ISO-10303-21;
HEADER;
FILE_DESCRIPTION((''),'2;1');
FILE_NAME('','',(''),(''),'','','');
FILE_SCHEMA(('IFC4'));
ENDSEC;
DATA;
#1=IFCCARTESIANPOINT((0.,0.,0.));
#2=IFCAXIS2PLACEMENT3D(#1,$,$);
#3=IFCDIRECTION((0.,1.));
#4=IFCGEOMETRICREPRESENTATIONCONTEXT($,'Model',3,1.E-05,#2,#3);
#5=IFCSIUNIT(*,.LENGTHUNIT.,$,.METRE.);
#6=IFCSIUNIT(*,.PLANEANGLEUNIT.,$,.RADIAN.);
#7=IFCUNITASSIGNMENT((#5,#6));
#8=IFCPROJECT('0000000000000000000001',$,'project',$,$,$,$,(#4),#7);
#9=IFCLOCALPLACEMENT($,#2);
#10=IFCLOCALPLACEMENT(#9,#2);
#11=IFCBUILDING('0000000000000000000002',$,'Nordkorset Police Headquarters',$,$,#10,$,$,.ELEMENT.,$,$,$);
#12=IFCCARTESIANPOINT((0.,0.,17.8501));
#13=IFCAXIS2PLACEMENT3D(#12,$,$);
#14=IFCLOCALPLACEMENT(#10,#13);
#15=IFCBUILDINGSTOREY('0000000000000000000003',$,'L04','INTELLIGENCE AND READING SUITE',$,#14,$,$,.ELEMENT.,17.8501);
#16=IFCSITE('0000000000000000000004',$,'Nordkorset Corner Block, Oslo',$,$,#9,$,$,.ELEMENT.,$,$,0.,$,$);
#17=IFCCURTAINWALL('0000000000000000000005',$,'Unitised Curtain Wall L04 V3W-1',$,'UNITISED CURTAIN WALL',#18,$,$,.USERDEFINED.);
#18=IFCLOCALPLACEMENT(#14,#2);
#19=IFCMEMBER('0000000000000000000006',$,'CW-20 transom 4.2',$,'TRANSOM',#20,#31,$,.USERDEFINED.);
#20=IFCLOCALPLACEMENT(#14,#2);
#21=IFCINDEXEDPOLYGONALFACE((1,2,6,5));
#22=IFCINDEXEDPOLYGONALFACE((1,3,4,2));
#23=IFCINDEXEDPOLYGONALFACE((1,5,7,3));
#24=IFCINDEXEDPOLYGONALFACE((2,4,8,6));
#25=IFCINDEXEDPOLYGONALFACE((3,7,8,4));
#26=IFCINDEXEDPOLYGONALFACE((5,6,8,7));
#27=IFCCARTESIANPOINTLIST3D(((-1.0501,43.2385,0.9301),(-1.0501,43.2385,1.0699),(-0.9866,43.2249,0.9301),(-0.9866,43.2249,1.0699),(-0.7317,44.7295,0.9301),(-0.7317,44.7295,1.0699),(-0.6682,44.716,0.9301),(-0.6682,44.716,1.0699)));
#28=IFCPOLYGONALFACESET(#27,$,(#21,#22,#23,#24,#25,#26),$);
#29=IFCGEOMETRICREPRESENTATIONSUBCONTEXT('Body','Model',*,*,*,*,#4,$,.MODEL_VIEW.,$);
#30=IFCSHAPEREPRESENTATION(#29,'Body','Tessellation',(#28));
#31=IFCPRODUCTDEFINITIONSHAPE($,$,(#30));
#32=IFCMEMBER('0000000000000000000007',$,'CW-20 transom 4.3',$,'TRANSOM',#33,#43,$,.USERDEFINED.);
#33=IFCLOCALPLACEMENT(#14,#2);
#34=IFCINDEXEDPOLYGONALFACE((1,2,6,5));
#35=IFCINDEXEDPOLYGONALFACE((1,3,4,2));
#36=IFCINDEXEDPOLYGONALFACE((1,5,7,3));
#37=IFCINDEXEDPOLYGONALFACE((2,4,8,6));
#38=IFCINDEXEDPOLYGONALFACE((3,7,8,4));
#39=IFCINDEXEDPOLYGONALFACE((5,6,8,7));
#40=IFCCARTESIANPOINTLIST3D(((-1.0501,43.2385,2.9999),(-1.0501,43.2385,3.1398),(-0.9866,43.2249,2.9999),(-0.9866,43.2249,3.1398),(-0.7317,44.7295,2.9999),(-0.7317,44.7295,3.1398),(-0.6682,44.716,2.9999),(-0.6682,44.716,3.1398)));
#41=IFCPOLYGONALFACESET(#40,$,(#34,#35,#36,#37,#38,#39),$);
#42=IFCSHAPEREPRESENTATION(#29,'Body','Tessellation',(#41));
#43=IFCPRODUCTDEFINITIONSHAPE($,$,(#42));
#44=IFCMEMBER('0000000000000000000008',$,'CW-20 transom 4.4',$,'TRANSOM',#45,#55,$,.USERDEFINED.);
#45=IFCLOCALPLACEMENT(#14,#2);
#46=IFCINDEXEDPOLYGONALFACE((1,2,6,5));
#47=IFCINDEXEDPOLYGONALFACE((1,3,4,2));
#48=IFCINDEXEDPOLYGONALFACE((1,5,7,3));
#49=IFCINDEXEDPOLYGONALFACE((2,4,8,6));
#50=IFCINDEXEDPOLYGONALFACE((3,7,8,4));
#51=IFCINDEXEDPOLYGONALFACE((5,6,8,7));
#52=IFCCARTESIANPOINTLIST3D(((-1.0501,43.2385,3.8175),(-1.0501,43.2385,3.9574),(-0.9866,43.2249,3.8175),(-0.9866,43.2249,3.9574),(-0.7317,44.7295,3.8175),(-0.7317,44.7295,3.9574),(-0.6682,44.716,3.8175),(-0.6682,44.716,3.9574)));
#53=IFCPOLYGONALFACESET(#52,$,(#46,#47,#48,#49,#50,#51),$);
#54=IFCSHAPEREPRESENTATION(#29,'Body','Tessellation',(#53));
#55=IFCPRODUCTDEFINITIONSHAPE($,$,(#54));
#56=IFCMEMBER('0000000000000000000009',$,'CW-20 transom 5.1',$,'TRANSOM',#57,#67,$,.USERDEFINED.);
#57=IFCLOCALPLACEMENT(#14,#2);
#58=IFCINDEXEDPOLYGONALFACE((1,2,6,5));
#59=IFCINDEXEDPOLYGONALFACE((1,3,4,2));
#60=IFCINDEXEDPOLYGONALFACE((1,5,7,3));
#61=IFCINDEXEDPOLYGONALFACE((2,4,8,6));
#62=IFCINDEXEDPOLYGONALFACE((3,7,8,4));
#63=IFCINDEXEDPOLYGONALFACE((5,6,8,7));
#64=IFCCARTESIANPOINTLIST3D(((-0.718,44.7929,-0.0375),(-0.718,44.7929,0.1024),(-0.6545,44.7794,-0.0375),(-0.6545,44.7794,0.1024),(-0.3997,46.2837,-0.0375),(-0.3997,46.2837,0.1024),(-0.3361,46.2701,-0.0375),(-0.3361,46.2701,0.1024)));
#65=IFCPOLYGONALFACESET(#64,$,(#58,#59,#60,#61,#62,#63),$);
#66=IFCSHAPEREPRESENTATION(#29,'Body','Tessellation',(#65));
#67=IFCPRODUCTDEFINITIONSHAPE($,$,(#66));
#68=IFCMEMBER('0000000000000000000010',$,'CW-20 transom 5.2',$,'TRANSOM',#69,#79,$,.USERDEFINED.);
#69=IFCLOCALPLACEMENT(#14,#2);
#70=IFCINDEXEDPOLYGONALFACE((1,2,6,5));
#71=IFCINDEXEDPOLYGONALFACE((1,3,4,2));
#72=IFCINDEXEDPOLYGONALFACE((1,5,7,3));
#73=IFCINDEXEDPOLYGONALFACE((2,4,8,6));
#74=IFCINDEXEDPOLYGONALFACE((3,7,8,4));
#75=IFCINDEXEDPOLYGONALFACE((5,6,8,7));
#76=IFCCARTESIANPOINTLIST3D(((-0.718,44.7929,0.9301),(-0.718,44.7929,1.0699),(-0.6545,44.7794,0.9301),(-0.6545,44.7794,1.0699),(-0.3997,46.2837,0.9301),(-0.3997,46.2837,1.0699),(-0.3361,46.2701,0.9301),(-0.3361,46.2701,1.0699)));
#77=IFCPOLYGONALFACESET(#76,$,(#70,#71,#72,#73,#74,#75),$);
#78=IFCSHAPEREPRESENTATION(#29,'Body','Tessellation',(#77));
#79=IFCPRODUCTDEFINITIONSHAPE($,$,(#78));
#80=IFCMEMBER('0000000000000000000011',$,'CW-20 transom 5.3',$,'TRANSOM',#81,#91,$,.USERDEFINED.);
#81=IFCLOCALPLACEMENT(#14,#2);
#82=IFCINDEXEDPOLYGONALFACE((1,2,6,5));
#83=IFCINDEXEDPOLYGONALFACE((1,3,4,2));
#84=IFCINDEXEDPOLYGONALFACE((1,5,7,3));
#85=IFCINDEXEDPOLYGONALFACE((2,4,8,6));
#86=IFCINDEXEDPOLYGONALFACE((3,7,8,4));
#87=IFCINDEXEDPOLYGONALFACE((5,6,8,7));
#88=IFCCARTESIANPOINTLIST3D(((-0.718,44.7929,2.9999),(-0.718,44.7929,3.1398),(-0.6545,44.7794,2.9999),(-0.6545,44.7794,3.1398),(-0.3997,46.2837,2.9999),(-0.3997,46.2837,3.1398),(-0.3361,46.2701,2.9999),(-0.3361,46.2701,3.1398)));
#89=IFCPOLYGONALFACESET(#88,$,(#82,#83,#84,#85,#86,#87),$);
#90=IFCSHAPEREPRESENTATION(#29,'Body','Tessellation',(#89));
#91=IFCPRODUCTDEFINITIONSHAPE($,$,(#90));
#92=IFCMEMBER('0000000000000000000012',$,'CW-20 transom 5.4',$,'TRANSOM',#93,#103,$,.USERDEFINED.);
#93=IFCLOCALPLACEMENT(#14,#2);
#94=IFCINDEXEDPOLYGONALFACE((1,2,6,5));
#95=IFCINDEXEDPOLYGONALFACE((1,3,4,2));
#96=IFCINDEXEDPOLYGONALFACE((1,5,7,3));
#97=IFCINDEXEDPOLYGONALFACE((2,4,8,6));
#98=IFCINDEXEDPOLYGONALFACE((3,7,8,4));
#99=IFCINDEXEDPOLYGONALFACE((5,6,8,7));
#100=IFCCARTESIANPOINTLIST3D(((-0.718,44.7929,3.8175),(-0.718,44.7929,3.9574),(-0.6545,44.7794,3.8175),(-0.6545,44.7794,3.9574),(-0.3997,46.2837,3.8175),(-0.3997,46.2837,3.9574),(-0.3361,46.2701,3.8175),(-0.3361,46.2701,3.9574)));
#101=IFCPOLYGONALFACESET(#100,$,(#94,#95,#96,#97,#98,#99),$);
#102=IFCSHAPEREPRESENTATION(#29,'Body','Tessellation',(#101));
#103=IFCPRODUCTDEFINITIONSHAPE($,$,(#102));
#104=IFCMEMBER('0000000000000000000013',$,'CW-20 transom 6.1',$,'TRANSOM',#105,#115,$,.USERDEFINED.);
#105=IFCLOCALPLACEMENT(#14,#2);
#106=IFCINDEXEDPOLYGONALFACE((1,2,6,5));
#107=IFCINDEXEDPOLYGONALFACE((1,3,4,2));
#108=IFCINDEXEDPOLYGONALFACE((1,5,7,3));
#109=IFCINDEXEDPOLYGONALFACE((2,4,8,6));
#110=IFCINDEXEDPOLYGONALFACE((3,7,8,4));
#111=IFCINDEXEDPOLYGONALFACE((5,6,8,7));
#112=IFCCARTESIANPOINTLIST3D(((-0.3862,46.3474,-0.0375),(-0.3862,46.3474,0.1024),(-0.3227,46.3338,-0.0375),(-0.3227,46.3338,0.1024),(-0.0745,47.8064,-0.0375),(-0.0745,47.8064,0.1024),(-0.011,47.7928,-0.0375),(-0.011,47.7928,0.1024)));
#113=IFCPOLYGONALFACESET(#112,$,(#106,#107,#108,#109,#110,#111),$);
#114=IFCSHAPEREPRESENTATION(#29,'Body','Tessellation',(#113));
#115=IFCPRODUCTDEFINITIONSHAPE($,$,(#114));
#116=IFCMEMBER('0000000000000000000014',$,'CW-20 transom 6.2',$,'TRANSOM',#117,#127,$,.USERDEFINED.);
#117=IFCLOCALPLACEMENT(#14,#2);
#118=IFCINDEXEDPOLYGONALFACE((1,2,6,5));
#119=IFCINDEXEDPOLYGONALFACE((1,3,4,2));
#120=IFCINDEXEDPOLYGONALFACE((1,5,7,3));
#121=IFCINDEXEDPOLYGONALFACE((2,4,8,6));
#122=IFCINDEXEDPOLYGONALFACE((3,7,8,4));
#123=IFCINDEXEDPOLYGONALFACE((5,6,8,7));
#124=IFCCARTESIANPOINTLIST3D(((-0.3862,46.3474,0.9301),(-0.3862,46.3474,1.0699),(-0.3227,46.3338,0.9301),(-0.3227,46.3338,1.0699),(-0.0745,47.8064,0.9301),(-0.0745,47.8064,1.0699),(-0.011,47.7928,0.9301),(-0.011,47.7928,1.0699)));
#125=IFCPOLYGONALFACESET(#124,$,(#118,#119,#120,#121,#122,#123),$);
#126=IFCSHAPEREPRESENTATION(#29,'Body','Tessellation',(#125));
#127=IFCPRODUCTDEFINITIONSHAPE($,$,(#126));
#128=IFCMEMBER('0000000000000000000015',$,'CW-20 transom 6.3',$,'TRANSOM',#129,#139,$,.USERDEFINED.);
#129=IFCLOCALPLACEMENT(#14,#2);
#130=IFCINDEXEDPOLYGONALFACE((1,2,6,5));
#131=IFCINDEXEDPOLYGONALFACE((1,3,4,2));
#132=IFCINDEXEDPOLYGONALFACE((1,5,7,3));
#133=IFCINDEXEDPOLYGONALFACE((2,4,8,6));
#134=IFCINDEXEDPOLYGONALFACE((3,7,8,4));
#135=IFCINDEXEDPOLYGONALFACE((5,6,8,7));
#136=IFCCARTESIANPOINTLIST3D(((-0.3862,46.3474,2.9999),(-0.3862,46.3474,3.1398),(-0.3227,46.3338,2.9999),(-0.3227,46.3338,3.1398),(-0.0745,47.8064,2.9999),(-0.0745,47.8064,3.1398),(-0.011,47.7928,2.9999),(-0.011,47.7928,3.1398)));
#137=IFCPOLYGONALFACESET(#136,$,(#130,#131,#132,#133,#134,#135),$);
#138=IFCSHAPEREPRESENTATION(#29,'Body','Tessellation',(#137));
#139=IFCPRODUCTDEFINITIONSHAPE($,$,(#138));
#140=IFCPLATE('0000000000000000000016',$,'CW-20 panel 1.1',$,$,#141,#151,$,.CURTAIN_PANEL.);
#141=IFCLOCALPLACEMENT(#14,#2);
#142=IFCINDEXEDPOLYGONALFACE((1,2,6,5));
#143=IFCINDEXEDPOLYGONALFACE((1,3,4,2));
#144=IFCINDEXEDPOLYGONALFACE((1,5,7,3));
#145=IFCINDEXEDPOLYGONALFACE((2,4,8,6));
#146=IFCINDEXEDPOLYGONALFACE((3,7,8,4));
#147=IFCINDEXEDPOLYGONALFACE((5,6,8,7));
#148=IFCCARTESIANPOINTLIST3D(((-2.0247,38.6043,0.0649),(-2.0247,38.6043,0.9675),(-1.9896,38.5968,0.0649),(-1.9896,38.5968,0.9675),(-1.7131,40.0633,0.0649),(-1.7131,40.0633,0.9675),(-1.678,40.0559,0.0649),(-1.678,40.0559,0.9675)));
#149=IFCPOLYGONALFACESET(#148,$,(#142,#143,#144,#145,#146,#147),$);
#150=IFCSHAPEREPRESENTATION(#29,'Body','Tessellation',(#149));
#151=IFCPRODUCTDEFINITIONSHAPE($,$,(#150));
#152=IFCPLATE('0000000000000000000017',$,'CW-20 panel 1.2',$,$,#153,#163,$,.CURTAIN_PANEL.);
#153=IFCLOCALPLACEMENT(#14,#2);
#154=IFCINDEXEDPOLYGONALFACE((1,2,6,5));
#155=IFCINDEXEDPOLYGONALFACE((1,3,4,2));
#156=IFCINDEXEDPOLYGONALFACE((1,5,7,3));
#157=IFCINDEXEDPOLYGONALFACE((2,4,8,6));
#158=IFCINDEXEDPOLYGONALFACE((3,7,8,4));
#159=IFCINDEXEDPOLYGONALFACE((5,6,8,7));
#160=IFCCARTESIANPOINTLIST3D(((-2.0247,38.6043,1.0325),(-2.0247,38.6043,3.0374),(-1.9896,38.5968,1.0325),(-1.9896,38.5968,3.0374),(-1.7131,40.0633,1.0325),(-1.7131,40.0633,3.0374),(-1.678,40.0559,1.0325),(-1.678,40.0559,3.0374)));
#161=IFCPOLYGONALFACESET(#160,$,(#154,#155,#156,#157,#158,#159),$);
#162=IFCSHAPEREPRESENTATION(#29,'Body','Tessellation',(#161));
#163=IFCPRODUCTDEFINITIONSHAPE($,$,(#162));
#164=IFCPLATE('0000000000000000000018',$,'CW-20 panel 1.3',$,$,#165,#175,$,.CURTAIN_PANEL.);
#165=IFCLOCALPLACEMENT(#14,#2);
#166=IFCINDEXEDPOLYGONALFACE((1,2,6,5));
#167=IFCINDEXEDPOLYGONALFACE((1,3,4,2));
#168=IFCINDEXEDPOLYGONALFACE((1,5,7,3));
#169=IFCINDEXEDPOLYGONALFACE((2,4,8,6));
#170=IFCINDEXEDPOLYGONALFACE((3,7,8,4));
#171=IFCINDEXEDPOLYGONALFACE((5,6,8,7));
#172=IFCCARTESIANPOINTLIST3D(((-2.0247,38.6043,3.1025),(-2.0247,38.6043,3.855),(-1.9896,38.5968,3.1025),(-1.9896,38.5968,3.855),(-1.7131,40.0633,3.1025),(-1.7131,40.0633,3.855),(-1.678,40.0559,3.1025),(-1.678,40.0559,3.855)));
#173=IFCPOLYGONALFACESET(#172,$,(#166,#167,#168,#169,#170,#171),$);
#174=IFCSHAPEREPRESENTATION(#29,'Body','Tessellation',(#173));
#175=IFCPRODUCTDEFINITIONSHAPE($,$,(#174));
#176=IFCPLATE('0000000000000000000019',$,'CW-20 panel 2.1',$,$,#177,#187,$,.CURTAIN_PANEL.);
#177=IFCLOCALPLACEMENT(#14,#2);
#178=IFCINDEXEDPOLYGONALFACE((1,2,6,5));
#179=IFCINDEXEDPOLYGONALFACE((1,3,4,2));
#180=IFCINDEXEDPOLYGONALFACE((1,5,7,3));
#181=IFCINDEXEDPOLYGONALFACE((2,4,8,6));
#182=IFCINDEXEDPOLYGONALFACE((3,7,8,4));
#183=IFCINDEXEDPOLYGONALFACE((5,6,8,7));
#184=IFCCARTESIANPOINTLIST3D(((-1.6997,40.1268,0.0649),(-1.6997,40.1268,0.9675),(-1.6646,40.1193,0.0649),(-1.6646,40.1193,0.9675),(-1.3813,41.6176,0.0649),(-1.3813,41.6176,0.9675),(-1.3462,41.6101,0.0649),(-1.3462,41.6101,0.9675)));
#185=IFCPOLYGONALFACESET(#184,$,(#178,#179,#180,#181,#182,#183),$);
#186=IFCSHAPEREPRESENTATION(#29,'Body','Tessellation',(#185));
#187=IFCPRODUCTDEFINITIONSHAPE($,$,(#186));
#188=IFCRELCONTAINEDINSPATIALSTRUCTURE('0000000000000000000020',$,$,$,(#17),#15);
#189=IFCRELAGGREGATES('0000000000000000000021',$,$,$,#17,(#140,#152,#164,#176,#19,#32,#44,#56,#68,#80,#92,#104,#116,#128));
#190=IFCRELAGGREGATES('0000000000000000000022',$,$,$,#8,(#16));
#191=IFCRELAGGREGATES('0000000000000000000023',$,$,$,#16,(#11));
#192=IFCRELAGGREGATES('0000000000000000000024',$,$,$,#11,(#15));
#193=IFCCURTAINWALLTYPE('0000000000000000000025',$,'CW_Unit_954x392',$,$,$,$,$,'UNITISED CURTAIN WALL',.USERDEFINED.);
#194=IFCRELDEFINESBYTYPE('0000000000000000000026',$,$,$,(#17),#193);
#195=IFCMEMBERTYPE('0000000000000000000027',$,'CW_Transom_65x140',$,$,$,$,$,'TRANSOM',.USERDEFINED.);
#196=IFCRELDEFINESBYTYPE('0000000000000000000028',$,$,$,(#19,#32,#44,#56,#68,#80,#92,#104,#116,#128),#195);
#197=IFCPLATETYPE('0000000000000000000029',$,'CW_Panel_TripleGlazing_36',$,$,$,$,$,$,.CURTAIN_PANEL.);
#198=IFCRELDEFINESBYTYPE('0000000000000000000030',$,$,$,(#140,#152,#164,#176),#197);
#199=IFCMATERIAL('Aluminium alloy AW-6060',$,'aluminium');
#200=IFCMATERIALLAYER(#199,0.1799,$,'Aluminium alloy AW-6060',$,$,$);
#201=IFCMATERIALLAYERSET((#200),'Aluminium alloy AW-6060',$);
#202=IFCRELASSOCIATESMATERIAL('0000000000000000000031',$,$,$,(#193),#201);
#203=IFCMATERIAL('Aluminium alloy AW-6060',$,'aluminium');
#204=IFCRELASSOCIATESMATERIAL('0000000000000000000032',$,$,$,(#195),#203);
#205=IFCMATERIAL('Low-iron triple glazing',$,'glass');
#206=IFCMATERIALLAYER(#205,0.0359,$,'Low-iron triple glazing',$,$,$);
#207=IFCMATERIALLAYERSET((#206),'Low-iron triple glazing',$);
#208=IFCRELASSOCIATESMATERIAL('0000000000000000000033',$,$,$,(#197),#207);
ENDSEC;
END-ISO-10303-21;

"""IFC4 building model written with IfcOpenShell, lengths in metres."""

from ifc_helpers import new_model, si_unit, direction, frame, origin, origin_2d, place, context, subcontext, project, spatial, rectangle, extrude, material, layer, layer_set, material_profile, profile_set, type_object, element, aggregate, save


model = new_model("IFC4")

# Units and contexts
model_context = context("Model", 3, precision=1e-05, world=origin(), true_north=direction((0.0, 1.0)))
body_context = subcontext(model_context, "Body", "Model", "MODEL_VIEW")
ifc_project = project(units=[si_unit("LENGTHUNIT", "METRE"), si_unit("PLANEANGLEUNIT", "RADIAN")], contexts=[model_context])

# Site, building, storey
site_placement = place(None, origin())
site = spatial("IfcSite", under=ifc_project, at=site_placement, Name="Nordkorset Corner Block, Oslo", CompositionType="ELEMENT", RefElevation=0.0)
building_placement = place(site_placement, origin())
building = spatial("IfcBuilding", under=site, at=building_placement, Name="Nordkorset Police Headquarters", CompositionType="ELEMENT")
storey_placement = place(building_placement, frame((0.0, 0.0, 17.8501)))
storey = spatial("IfcBuildingStorey", under=building, at=storey_placement, Name="L04", Description="INTELLIGENCE AND READING SUITE", CompositionType="ELEMENT", Elevation=17.8501)

# Curtain wall, members, plates
ifc_material_1 = material(Name="Aluminium alloy AW-6060", Category="aluminium")
ifc_layer_1 = layer(ifc_material_1, 0.1799, Name="Aluminium alloy AW-6060")
ifc_layer_set_1 = layer_set([ifc_layer_1], Name="Aluminium alloy AW-6060")
curtain_wall_type = type_object("IfcCurtainWallType", Name="CW_Unit_954x392", ElementType="UNITISED CURTAIN WALL", PredefinedType="USERDEFINED", material=ifc_layer_set_1)
curtain_wall_placement = place(storey_placement, origin())
curtain_wall = element("IfcCurtainWall", 1, at=curtain_wall_placement, inside=storey, type_object=curtain_wall_type, Name="Unitised Curtain Wall L04 V3W-1", ObjectType="UNITISED CURTAIN WALL", PredefinedType="USERDEFINED")
ifc_material_2 = material(Name="Aluminium alloy AW-6060", Category="aluminium")
ifc_material_profile_1 = material_profile(ifc_material_2, rectangle(XDim=0.0649, YDim=0.1399, at=origin_2d()), Name="ALU TRAN 65x140")
ifc_profile_set_1 = profile_set([ifc_material_profile_1], Name="Aluminium alloy AW-6060")
member_type_1 = type_object("IfcMemberType", Name="CW_Transom_65x140", ElementType="TRANSOM", PredefinedType="USERDEFINED", material=ifc_profile_set_1)
member_1_placement = place(storey_placement, frame((-1.0183, 43.2317, 1.0), z_axis=(0.208818, 0.977954, 0.0), x_axis=(-0.977954, 0.208818, 0.0)))
member_1 = element("IfcMember", 2, at=member_1_placement, type_object=member_type_1, Name="CW-20 transom 4.2", ObjectType="TRANSOM", PredefinedType="USERDEFINED", context=body_context, shape_type="SweptSolid", body=[
    extrude(rectangle(XDim=0.0649, YDim=0.1399, at=origin_2d()), origin(), (0.0, 0.0, 1.0), 1.5247),
])
member_2_placement = place(storey_placement, frame((-1.0183, 43.2317, 3.0698), z_axis=(0.208818, 0.977954, 0.0), x_axis=(-0.977954, 0.208818, 0.0)))
member_2 = element("IfcMember", 3, at=member_2_placement, type_object=member_type_1, Name="CW-20 transom 4.3", ObjectType="TRANSOM", PredefinedType="USERDEFINED", context=body_context, shape_type="SweptSolid", body=[
    extrude(rectangle(XDim=0.0649, YDim=0.1399, at=origin_2d()), origin(), (0.0, 0.0, 1.0), 1.5247),
])
member_3_placement = place(storey_placement, frame((-1.0183, 43.2317, 3.8875), z_axis=(0.208818, 0.977954, 0.0), x_axis=(-0.977954, 0.208818, 0.0)))
member_3 = element("IfcMember", 4, at=member_3_placement, type_object=member_type_1, Name="CW-20 transom 4.4", ObjectType="TRANSOM", PredefinedType="USERDEFINED", context=body_context, shape_type="SweptSolid", body=[
    extrude(rectangle(XDim=0.0649, YDim=0.1399, at=origin_2d()), origin(), (0.0, 0.0, 1.0), 1.5247),
])
member_4_placement = place(storey_placement, frame((-0.6863, 44.7861, 0.0325), z_axis=(0.208851, 0.977947, 0.0), x_axis=(-0.977947, 0.208851, 0.0)))
member_4 = element("IfcMember", 5, at=member_4_placement, type_object=member_type_1, Name="CW-20 transom 5.1", ObjectType="TRANSOM", PredefinedType="USERDEFINED", context=body_context, shape_type="SweptSolid", body=[
    extrude(rectangle(XDim=0.0649, YDim=0.1399, at=origin_2d()), origin(), (0.0, 0.0, 1.0), 1.5244),
])
member_5_placement = place(storey_placement, frame((-0.6863, 44.7861, 1.0), z_axis=(0.208851, 0.977947, 0.0), x_axis=(-0.977947, 0.208851, 0.0)))
member_5 = element("IfcMember", 6, at=member_5_placement, type_object=member_type_1, Name="CW-20 transom 5.2", ObjectType="TRANSOM", PredefinedType="USERDEFINED", context=body_context, shape_type="SweptSolid", body=[
    extrude(rectangle(XDim=0.0649, YDim=0.1399, at=origin_2d()), origin(), (0.0, 0.0, 1.0), 1.5244),
])
member_6_placement = place(storey_placement, frame((-0.6863, 44.7861, 3.0698), z_axis=(0.208851, 0.977947, 0.0), x_axis=(-0.977947, 0.208851, 0.0)))
member_6 = element("IfcMember", 7, at=member_6_placement, type_object=member_type_1, Name="CW-20 transom 5.3", ObjectType="TRANSOM", PredefinedType="USERDEFINED", context=body_context, shape_type="SweptSolid", body=[
    extrude(rectangle(XDim=0.0649, YDim=0.1399, at=origin_2d()), origin(), (0.0, 0.0, 1.0), 1.5244),
])
member_7_placement = place(storey_placement, frame((-0.6863, 44.7861, 3.8875), z_axis=(0.208851, 0.977947, 0.0), x_axis=(-0.977947, 0.208851, 0.0)))
member_7 = element("IfcMember", 8, at=member_7_placement, type_object=member_type_1, Name="CW-20 transom 5.4", ObjectType="TRANSOM", PredefinedType="USERDEFINED", context=body_context, shape_type="SweptSolid", body=[
    extrude(rectangle(XDim=0.0649, YDim=0.1399, at=origin_2d()), origin(), (0.0, 0.0, 1.0), 1.5244),
])
member_8_placement = place(storey_placement, frame((-0.3545, 46.3406, 0.0325), z_axis=(0.20897, 0.977922, 0.0), x_axis=(-0.977922, 0.20897, 0.0)))
member_8 = element("IfcMember", 9, at=member_8_placement, type_object=member_type_1, Name="CW-20 transom 6.1", ObjectType="TRANSOM", PredefinedType="USERDEFINED", context=body_context, shape_type="SweptSolid", body=[
    extrude(rectangle(XDim=0.0649, YDim=0.1399, at=origin_2d()), origin(), (0.0, 0.0, 1.0), 1.4919),
])
member_9_placement = place(storey_placement, frame((-0.3545, 46.3406, 1.0), z_axis=(0.20897, 0.977922, 0.0), x_axis=(-0.977922, 0.20897, 0.0)))
member_9 = element("IfcMember", 10, at=member_9_placement, type_object=member_type_1, Name="CW-20 transom 6.2", ObjectType="TRANSOM", PredefinedType="USERDEFINED", context=body_context, shape_type="SweptSolid", body=[
    extrude(rectangle(XDim=0.0649, YDim=0.1399, at=origin_2d()), origin(), (0.0, 0.0, 1.0), 1.4919),
])
member_10_placement = place(storey_placement, frame((-0.3545, 46.3406, 3.0698), z_axis=(0.20897, 0.977922, 0.0), x_axis=(-0.977922, 0.20897, 0.0)))
member_10 = element("IfcMember", 11, at=member_10_placement, type_object=member_type_1, Name="CW-20 transom 6.3", ObjectType="TRANSOM", PredefinedType="USERDEFINED", context=body_context, shape_type="SweptSolid", body=[
    extrude(rectangle(XDim=0.0649, YDim=0.1399, at=origin_2d()), origin(), (0.0, 0.0, 1.0), 1.4919),
])
ifc_material_3 = material(Name="Low-iron triple glazing", Category="glass")
ifc_layer_2 = layer(ifc_material_3, 0.0359, Name="Low-iron triple glazing")
ifc_layer_set_2 = layer_set([ifc_layer_2], Name="Low-iron triple glazing")
plate_type = type_object("IfcPlateType", Name="CW_Panel_TripleGlazing_36", PredefinedType="CURTAIN_PANEL", material=ifc_layer_set_2)
plate_1_placement = place(storey_placement, frame((-1.8513, 39.3301, 0.0649), z_axis=(0.0, 0.0, 1.0), x_axis=(0.208833, 0.977951, 0.0)))
plate_1 = element("IfcPlate", 12, at=plate_1_placement, type_object=plate_type, Name="CW-20 panel 1.1", PredefinedType="CURTAIN_PANEL", context=body_context, shape_type="SweptSolid", body=[
    extrude(rectangle(XDim=1.4919, YDim=0.0359, at=origin_2d()), origin(), (0.0, 0.0, 1.0), 0.9026),
])
plate_2_placement = place(storey_placement, frame((-1.8513, 39.3301, 1.0325), z_axis=(0.0, 0.0, 1.0), x_axis=(0.208833, 0.977951, 0.0)))
plate_2 = element("IfcPlate", 13, at=plate_2_placement, type_object=plate_type, Name="CW-20 panel 1.2", PredefinedType="CURTAIN_PANEL", context=body_context, shape_type="SweptSolid", body=[
    extrude(rectangle(XDim=1.4919, YDim=0.0359, at=origin_2d()), origin(), (0.0, 0.0, 1.0), 2.0049),
])
plate_3_placement = place(storey_placement, frame((-1.8513, 39.3301, 3.1025), z_axis=(0.0, 0.0, 1.0), x_axis=(0.208833, 0.977951, 0.0)))
plate_3 = element("IfcPlate", 14, at=plate_3_placement, type_object=plate_type, Name="CW-20 panel 1.3", PredefinedType="CURTAIN_PANEL", context=body_context, shape_type="SweptSolid", body=[
    extrude(rectangle(XDim=1.4919, YDim=0.0359, at=origin_2d()), origin(), (0.0, 0.0, 1.0), 0.7524),
])
plate_4_placement = place(storey_placement, frame((-1.5229, 40.8684, 0.0649), z_axis=(0.0, 0.0, 1.0), x_axis=(0.208833, 0.977951, 0.0)))
plate_4 = element("IfcPlate", 15, at=plate_4_placement, type_object=plate_type, Name="CW-20 panel 2.1", PredefinedType="CURTAIN_PANEL", context=body_context, shape_type="SweptSolid", body=[
    extrude(rectangle(XDim=1.5244, YDim=0.0359, at=origin_2d()), origin(), (0.0, 0.0, 1.0), 0.9026),
])
aggregate(curtain_wall, [plate_1, plate_2, plate_3, plate_4, member_1, member_2, member_3, member_4, member_5, member_6, member_7, member_8, member_9, member_10])

save(model, "model.ifc")
